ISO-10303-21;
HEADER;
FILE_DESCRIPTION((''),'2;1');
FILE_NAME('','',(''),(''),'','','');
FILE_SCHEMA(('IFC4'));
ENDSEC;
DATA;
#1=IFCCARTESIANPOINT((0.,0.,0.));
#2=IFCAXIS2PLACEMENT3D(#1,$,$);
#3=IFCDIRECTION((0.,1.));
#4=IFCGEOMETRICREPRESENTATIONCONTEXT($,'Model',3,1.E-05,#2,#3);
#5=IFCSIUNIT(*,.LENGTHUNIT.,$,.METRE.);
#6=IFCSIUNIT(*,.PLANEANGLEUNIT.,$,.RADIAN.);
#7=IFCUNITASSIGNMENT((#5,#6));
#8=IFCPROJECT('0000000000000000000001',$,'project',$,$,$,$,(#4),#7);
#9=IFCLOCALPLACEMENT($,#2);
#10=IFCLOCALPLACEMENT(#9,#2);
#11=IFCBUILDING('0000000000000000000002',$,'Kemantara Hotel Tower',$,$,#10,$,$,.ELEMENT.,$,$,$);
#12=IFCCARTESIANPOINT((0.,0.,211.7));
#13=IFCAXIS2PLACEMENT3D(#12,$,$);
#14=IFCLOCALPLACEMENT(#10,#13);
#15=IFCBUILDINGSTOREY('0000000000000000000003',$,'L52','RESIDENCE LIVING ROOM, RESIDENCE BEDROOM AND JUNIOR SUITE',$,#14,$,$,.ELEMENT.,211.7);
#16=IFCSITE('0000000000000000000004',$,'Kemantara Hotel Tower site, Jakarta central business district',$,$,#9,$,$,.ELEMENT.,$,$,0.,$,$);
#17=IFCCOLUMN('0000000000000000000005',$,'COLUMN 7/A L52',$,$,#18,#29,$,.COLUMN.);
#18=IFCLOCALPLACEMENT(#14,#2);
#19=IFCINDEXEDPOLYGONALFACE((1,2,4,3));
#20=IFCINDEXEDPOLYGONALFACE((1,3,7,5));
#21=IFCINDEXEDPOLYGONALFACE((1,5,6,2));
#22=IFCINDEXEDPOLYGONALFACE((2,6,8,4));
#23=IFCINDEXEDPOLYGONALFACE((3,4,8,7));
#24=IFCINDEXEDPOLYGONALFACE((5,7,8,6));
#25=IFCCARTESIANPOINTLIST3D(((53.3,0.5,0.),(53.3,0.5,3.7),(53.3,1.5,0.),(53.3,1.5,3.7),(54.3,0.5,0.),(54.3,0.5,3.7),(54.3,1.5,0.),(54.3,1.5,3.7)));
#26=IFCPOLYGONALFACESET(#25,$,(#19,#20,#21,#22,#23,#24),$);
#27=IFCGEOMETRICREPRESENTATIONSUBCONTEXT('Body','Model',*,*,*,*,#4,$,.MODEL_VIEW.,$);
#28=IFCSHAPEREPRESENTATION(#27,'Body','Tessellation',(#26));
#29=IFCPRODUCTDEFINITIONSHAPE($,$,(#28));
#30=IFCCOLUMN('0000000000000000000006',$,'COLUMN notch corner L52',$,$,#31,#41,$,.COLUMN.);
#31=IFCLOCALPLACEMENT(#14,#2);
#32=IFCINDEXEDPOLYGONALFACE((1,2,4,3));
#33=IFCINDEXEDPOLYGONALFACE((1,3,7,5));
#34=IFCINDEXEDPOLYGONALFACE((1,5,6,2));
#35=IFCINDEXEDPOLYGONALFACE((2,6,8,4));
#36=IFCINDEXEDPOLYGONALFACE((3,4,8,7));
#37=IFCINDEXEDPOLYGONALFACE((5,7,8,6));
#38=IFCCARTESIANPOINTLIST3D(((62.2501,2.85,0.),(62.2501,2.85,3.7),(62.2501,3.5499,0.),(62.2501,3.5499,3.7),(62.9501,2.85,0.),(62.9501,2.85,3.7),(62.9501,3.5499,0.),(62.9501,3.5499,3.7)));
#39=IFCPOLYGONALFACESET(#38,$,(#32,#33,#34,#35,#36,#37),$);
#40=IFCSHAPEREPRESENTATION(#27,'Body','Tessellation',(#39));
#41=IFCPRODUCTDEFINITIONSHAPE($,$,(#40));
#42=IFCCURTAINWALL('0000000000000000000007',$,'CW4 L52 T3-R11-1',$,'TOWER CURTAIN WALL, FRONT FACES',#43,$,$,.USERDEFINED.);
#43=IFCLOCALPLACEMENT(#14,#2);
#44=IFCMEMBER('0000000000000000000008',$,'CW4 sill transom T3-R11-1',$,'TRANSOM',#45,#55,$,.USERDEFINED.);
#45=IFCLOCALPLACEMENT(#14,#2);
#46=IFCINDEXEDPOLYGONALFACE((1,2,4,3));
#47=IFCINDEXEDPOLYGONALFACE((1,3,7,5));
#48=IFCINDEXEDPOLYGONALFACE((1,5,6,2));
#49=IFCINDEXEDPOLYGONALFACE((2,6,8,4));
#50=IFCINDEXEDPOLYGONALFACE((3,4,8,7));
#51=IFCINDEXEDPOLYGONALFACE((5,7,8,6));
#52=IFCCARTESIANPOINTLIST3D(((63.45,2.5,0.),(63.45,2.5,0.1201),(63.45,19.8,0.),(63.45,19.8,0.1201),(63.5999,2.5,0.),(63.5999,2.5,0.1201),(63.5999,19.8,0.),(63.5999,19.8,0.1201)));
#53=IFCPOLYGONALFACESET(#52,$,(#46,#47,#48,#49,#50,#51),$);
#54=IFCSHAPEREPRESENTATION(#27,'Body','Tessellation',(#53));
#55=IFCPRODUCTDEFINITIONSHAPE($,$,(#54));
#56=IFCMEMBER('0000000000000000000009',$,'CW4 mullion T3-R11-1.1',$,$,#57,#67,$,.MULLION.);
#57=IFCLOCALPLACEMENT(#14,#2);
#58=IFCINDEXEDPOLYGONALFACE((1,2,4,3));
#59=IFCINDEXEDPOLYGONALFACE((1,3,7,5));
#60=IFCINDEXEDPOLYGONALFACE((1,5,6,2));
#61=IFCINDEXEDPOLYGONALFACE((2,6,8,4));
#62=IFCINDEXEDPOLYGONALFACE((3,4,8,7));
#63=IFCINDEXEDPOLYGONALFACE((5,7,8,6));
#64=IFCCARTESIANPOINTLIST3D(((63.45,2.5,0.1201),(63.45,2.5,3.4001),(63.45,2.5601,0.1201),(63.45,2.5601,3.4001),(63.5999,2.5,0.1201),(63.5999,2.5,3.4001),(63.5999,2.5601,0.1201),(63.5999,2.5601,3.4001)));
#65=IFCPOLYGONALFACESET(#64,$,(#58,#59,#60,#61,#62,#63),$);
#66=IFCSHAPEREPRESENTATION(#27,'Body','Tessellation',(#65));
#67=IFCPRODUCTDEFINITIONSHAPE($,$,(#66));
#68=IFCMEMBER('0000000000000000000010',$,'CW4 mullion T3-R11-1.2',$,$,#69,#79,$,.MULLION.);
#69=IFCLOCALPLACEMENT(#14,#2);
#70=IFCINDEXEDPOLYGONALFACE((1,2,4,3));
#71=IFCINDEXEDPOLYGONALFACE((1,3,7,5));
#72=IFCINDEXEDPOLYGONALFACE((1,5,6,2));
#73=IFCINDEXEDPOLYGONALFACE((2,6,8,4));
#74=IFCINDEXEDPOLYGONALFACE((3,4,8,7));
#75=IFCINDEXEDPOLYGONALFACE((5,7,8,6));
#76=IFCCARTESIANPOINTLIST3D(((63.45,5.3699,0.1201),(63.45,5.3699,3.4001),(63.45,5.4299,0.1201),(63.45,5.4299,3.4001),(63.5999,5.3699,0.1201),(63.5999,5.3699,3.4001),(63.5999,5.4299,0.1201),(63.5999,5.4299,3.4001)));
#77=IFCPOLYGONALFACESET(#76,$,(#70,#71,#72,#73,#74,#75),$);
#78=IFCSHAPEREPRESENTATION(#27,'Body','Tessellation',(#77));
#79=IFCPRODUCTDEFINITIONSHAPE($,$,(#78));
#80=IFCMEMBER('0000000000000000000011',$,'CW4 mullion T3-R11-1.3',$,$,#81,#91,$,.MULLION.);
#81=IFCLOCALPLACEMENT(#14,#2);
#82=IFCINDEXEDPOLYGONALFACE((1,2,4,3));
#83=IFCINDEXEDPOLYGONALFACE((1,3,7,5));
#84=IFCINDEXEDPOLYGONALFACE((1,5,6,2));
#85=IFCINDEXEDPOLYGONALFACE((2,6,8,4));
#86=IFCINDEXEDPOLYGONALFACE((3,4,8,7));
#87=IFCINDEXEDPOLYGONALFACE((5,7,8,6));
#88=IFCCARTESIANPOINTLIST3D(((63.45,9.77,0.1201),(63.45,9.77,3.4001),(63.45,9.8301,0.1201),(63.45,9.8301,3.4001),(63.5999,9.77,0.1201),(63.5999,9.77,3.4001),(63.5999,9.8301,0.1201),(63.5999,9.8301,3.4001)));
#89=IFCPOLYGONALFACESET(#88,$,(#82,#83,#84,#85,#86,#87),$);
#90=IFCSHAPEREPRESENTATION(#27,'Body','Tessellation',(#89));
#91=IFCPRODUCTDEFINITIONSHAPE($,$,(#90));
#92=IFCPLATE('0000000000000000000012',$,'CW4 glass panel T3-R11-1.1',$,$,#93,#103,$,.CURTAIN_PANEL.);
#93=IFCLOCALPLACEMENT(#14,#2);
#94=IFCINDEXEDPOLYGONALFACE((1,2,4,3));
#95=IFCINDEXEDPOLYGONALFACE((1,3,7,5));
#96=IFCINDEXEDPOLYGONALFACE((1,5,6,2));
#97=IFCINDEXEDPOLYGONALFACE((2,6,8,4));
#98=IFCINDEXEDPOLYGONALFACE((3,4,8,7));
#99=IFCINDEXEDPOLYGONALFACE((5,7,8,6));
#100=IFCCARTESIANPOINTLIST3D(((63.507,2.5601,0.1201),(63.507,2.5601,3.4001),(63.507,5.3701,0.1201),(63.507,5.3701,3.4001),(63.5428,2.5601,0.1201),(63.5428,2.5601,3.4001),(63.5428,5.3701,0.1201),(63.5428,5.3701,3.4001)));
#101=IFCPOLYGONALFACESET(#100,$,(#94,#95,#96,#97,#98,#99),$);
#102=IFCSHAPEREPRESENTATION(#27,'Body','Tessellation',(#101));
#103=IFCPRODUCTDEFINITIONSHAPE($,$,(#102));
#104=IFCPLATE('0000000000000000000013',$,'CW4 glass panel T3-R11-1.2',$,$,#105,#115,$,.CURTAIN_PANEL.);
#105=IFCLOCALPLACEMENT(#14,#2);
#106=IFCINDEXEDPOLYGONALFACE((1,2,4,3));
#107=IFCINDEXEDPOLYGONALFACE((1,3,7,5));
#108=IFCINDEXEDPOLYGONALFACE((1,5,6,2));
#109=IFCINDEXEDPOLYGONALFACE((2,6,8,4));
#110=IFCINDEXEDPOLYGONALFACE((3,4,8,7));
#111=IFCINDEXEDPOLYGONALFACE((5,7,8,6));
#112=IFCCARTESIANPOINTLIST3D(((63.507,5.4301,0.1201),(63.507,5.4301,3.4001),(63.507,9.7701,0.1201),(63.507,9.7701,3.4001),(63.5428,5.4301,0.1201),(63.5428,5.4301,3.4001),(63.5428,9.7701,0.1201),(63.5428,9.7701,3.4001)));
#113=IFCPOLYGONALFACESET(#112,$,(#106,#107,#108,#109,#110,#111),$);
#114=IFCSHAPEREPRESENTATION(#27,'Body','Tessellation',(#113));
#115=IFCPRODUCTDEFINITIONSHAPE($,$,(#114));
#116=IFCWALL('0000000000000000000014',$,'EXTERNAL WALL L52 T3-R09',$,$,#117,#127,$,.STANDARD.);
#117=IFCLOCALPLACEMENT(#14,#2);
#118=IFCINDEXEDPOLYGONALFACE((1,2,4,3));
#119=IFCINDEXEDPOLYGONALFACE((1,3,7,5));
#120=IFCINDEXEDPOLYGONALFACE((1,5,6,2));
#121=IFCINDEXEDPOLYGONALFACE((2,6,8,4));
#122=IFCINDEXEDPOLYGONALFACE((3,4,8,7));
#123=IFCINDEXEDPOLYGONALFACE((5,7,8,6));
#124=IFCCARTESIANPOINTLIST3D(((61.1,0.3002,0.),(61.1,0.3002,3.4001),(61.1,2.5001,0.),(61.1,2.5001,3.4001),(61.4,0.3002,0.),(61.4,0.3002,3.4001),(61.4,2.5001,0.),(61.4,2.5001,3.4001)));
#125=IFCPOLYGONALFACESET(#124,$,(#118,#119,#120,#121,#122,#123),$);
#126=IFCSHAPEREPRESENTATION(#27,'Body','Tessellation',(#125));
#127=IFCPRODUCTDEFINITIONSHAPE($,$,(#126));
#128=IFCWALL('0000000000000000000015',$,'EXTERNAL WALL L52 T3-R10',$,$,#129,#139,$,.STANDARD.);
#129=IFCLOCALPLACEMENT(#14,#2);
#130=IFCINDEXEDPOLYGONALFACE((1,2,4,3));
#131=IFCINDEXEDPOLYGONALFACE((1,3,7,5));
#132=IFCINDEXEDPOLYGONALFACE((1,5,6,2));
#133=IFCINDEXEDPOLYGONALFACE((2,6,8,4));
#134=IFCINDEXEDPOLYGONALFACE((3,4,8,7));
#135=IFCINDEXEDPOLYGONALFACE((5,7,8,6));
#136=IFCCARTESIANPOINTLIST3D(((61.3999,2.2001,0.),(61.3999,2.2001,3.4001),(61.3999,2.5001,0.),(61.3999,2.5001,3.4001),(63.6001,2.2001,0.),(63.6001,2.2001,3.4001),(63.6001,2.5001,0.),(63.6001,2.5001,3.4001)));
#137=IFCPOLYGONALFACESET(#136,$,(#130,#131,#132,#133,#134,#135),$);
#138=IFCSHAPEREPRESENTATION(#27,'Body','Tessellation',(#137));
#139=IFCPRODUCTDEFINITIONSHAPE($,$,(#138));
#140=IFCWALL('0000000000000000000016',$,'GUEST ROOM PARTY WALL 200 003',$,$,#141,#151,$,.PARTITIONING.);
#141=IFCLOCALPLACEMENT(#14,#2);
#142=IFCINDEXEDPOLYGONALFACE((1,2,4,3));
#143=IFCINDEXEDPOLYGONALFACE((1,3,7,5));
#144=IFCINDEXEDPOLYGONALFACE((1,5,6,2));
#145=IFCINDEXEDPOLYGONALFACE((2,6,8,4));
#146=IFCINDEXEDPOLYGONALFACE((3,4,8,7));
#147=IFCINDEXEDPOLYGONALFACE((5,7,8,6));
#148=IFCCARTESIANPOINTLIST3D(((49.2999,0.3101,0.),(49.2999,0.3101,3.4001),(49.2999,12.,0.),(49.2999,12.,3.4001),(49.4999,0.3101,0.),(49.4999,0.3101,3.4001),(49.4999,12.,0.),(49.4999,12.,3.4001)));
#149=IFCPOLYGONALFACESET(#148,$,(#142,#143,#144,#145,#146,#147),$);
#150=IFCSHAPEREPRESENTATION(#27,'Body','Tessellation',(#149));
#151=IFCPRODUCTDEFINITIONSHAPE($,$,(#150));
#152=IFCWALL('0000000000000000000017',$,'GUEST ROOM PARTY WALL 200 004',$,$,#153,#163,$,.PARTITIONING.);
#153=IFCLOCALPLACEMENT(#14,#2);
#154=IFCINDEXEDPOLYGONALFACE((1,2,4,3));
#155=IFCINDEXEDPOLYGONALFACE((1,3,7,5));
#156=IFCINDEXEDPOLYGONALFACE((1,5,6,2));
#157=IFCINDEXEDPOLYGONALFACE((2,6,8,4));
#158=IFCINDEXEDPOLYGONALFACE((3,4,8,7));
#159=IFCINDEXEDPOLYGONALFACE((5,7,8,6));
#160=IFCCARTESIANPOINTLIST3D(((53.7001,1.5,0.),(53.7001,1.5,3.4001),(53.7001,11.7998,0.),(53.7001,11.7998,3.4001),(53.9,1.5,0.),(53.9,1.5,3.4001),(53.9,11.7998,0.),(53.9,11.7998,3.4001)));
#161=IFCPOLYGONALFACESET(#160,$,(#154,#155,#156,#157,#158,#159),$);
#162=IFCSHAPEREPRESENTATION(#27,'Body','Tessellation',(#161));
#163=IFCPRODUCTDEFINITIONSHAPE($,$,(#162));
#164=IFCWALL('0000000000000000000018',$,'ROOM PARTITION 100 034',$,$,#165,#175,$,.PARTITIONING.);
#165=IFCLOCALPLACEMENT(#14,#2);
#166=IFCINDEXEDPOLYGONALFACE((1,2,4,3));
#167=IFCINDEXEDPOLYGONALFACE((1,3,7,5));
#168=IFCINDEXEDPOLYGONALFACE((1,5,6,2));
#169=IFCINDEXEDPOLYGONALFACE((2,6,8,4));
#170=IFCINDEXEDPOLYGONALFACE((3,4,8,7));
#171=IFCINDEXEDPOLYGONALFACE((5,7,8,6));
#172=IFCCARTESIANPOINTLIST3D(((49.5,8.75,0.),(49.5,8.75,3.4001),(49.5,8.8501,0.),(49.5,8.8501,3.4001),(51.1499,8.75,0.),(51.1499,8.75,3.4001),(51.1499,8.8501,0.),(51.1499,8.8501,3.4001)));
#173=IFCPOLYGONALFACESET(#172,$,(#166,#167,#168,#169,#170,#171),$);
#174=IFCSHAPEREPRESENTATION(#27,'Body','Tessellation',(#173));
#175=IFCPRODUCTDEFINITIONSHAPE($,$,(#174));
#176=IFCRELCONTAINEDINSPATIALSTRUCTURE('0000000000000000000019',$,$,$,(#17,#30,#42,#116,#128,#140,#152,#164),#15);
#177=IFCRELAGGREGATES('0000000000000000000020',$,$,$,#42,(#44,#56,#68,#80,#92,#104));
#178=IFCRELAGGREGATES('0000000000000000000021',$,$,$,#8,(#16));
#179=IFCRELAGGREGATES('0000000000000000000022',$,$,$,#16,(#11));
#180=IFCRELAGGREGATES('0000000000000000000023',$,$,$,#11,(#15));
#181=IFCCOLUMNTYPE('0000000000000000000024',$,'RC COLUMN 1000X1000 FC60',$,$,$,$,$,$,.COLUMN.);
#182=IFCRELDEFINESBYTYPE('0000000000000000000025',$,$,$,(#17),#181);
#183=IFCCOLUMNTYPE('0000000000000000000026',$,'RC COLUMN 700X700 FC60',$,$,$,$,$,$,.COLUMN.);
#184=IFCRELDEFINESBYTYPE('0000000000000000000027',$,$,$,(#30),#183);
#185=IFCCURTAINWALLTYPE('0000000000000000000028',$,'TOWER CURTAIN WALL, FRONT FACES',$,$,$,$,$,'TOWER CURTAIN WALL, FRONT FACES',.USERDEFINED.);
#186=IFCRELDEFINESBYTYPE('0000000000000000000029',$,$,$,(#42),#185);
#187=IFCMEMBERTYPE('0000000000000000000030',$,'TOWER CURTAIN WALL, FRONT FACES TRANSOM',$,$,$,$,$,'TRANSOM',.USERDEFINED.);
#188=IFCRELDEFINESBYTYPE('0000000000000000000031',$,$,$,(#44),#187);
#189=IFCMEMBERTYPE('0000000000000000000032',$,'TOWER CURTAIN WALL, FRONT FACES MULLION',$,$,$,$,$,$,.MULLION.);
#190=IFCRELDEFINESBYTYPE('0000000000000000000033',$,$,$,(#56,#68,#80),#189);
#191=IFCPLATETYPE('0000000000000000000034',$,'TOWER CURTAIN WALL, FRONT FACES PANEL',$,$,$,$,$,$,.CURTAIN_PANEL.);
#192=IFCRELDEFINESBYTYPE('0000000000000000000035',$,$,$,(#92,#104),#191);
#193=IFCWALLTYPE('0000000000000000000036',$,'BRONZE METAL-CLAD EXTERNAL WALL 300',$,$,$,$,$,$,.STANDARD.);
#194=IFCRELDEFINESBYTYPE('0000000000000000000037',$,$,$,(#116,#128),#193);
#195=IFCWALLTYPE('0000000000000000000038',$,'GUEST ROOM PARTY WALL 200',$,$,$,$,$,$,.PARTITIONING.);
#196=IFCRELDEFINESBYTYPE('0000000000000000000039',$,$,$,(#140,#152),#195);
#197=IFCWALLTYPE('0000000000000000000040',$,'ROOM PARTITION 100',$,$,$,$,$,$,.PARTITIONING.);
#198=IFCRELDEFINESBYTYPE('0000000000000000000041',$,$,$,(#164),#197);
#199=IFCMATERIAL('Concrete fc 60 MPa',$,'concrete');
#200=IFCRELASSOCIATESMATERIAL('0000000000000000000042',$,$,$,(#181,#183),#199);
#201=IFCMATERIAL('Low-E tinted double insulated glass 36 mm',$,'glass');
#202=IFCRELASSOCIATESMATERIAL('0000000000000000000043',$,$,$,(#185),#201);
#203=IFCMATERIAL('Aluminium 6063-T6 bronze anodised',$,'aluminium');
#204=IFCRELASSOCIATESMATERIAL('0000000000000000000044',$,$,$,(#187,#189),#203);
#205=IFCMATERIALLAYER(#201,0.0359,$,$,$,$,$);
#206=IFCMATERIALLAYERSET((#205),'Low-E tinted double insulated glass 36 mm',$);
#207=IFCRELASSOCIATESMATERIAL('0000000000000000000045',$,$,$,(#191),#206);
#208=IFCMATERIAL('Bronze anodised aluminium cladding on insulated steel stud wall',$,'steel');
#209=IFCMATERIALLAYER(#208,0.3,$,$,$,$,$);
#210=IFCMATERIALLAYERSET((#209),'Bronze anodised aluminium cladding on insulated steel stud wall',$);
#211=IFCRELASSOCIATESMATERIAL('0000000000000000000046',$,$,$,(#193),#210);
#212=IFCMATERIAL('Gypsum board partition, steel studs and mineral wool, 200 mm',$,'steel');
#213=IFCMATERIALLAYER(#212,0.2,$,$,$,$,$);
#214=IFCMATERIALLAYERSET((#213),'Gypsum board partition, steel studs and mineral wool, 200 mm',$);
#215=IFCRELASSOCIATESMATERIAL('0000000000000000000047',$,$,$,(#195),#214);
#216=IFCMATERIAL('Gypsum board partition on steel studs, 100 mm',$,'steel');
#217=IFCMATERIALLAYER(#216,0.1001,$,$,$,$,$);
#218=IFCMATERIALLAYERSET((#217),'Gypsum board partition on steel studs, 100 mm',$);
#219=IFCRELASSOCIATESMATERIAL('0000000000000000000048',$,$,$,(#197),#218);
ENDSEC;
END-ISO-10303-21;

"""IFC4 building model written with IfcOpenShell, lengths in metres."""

from ifc_helpers import new_model, si_unit, direction, frame, frame_2d, origin, origin_2d, place, context, subcontext, project, spatial, rectangle, extrude, source, transform, mapped, material, layer, layer_set, material_profile, profile_set, type_object, element, aggregate, save


model = new_model("IFC4")

# Units and contexts
model_context = context("Model", 3, precision=1e-05, world=origin(), true_north=direction((0.0, 1.0)))
body_context = subcontext(model_context, "Body", "Model", "MODEL_VIEW")
ifc_project = project(units=[si_unit("LENGTHUNIT", "METRE"), si_unit("PLANEANGLEUNIT", "RADIAN")], contexts=[model_context])

# Site, building, storey
site_placement = place(None, origin())
site = spatial("IfcSite", under=ifc_project, at=site_placement, Name="Kemantara Hotel Tower site, Jakarta central business district", CompositionType="ELEMENT", RefElevation=0.0)
building_placement = place(site_placement, origin())
building = spatial("IfcBuilding", under=site, at=building_placement, Name="Kemantara Hotel Tower", CompositionType="ELEMENT")
storey_placement = place(building_placement, frame((0.0, 0.0, 211.7)))
storey = spatial("IfcBuildingStorey", under=building, at=storey_placement, Name="L52", Description="RESIDENCE LIVING ROOM, RESIDENCE BEDROOM AND JUNIOR SUITE", CompositionType="ELEMENT", Elevation=211.7)

# Columns
ifc_material_1 = material(Name="Concrete fc 60 MPa", Category="concrete")
ifc_material_profile_1 = material_profile(ifc_material_1, rectangle(XDim=1.0, YDim=1.0, at=origin_2d()), Name="RC 1000X1000")
ifc_profile_set_1 = profile_set([ifc_material_profile_1], Name="Concrete fc 60 MPa")
column_type_1 = type_object("IfcColumnType", Name="RC COLUMN 1000X1000 FC60", PredefinedType="COLUMN", material=ifc_profile_set_1)
column_1_placement = place(storey_placement, frame((53.8, 1.0, 0.0), z_axis=(0.0, 0.0, 1.0), x_axis=(1.0, 0.0, 0.0)))
element("IfcColumn", 1, at=column_1_placement, inside=storey, type_object=column_type_1, Name="COLUMN 7/A L52", PredefinedType="COLUMN", context=body_context, shape_type="SweptSolid", body=[
    extrude(rectangle(XDim=1.0, YDim=1.0, at=origin_2d()), origin(), (0.0, 0.0, 1.0), 3.7),
])
ifc_material_profile_2 = material_profile(ifc_material_1, rectangle(XDim=0.7, YDim=0.7, at=origin_2d()), Name="RC 700X700")
ifc_profile_set_2 = profile_set([ifc_material_profile_2], Name="Concrete fc 60 MPa")
column_type_2 = type_object("IfcColumnType", Name="RC COLUMN 700X700 FC60", PredefinedType="COLUMN", material=ifc_profile_set_2)
column_2_placement = place(storey_placement, frame((62.6001, 3.2, 0.0), z_axis=(0.0, 0.0, 1.0), x_axis=(1.0, 0.0, 0.0)))
element("IfcColumn", 2, at=column_2_placement, inside=storey, type_object=column_type_2, Name="COLUMN notch corner L52", PredefinedType="COLUMN", context=body_context, shape_type="SweptSolid", body=[
    extrude(rectangle(XDim=0.7, YDim=0.7, at=origin_2d()), origin(), (0.0, 0.0, 1.0), 3.7),
])

# Curtain wall, members, plates
ifc_material_2 = material(Name="Low-E tinted double insulated glass 36 mm", Category="glass")
curtain_wall_type = type_object("IfcCurtainWallType", Name="TOWER CURTAIN WALL, FRONT FACES", ElementType="TOWER CURTAIN WALL, FRONT FACES", PredefinedType="USERDEFINED", material=ifc_material_2)
curtain_wall_placement = place(storey_placement, origin())
curtain_wall = element("IfcCurtainWall", 3, at=curtain_wall_placement, inside=storey, type_object=curtain_wall_type, Name="CW4 L52 T3-R11-1", ObjectType="TOWER CURTAIN WALL, FRONT FACES", PredefinedType="USERDEFINED")
ifc_material_3 = material(Name="Aluminium 6063-T6 bronze anodised", Category="aluminium")
ifc_material_profile_3 = material_profile(ifc_material_3, rectangle(XDim=0.1499, YDim=0.1201, at=origin_2d()), Name="TOWER CURTAIN WALL, FRONT FACES TRANSOM")
ifc_profile_set_3 = profile_set([ifc_material_profile_3], Name="Aluminium 6063-T6 bronze anodised")
member_type_1 = type_object("IfcMemberType", Name="TOWER CURTAIN WALL, FRONT FACES TRANSOM", ElementType="TRANSOM", PredefinedType="USERDEFINED", material=ifc_profile_set_3)
member_1_placement = place(storey_placement, frame((63.5249, 2.5, 0.0601), z_axis=(0.0, 1.0, 0.0), x_axis=(-1.0, 0.0, 0.0)))
member_1 = element("IfcMember", 4, at=member_1_placement, type_object=member_type_1, Name="CW4 sill transom T3-R11-1", ObjectType="TRANSOM", PredefinedType="USERDEFINED", context=body_context, shape_type="SweptSolid", body=[
    extrude(rectangle(XDim=0.1499, YDim=0.1201, at=origin_2d()), origin(), (0.0, 0.0, 1.0), 17.3),
])
ifc_material_profile_4 = material_profile(ifc_material_3, rectangle(XDim=0.1499, YDim=0.0601, at=origin_2d()), Name="TOWER CURTAIN WALL, FRONT FACES MULLION")
ifc_profile_set_4 = profile_set([ifc_material_profile_4], Name="Aluminium 6063-T6 bronze anodised")
member_type_2 = type_object("IfcMemberType", Name="TOWER CURTAIN WALL, FRONT FACES MULLION", PredefinedType="MULLION", material=ifc_profile_set_4)
shared_shape_1 = source(origin(), body_context, "Body", "SweptSolid", [
    extrude(rectangle(XDim=0.1499, YDim=0.0601, at=origin_2d()), origin(), (0.0, 0.0, 1.0), 3.28),
])
member_2_placement = place(storey_placement, frame((63.5249, 2.53, 0.1201), z_axis=(0.0, 0.0, 1.0), x_axis=(-1.0, 0.0, 0.0)))
member_2 = element("IfcMember", 5, at=member_2_placement, type_object=member_type_2, Name="CW4 mullion T3-R11-1.1", PredefinedType="MULLION", context=body_context, shape_type="MappedRepresentation", body=[
    mapped(shared_shape_1, transform((0.0, 0.0, 0.0))),
])
member_3_placement = place(storey_placement, frame((63.5249, 5.3999, 0.1201), z_axis=(0.0, 0.0, 1.0), x_axis=(-1.0, 0.0, 0.0)))
member_3 = element("IfcMember", 6, at=member_3_placement, type_object=member_type_2, Name="CW4 mullion T3-R11-1.2", PredefinedType="MULLION", context=body_context, shape_type="MappedRepresentation", body=[
    mapped(shared_shape_1, transform((0.0, 0.0, 0.0))),
])
member_4_placement = place(storey_placement, frame((63.5249, 9.8, 0.1201), z_axis=(0.0, 0.0, 1.0), x_axis=(-1.0, 0.0, 0.0)))
member_4 = element("IfcMember", 7, at=member_4_placement, type_object=member_type_2, Name="CW4 mullion T3-R11-1.3", PredefinedType="MULLION", context=body_context, shape_type="MappedRepresentation", body=[
    mapped(shared_shape_1, transform((0.0, 0.0, 0.0))),
])
ifc_layer_1 = layer(ifc_material_2, 0.0359)
ifc_layer_set_1 = layer_set([ifc_layer_1], Name="Low-E tinted double insulated glass 36 mm")
plate_type = type_object("IfcPlateType", Name="TOWER CURTAIN WALL, FRONT FACES PANEL", PredefinedType="CURTAIN_PANEL", material=ifc_layer_set_1)
shared_shape_2 = source(origin(), body_context, "Body", "SweptSolid", [
    extrude(rectangle(XDim=2.8101, YDim=0.0359, at=origin_2d()), origin(), (0.0, 0.0, 1.0), 3.28),
])
plate_1_placement = place(storey_placement, frame((63.5249, 3.9651, 0.1201), z_axis=(0.0, 0.0, 1.0), x_axis=(0.0, 1.0, 0.0)))
plate_1 = element("IfcPlate", 8, at=plate_1_placement, type_object=plate_type, Name="CW4 glass panel T3-R11-1.1", PredefinedType="CURTAIN_PANEL", context=body_context, shape_type="MappedRepresentation", body=[
    mapped(shared_shape_2, transform((0.0, 0.0, 0.0))),
])
shared_shape_3 = source(origin(), body_context, "Body", "SweptSolid", [
    extrude(rectangle(XDim=4.3401, YDim=0.0359, at=origin_2d()), origin(), (0.0, 0.0, 1.0), 3.28),
])
plate_2_placement = place(storey_placement, frame((63.5249, 7.6001, 0.1201), z_axis=(0.0, 0.0, 1.0), x_axis=(0.0, 1.0, 0.0)))
plate_2 = element("IfcPlate", 9, at=plate_2_placement, type_object=plate_type, Name="CW4 glass panel T3-R11-1.2", PredefinedType="CURTAIN_PANEL", context=body_context, shape_type="MappedRepresentation", body=[
    mapped(shared_shape_3, transform((0.0, 0.0, 0.0))),
])
aggregate(curtain_wall, [member_1, member_2, member_3, member_4, plate_1, plate_2])

# Walls
ifc_material_4 = material(Name="Bronze anodised aluminium cladding on insulated steel stud wall", Category="steel")
ifc_layer_2 = layer(ifc_material_4, 0.3)
ifc_layer_set_2 = layer_set([ifc_layer_2], Name="Bronze anodised aluminium cladding on insulated steel stud wall")
wall_type_1 = type_object("IfcWallType", Name="BRONZE METAL-CLAD EXTERNAL WALL 300", PredefinedType="STANDARD", material=ifc_layer_set_2)
wall_1_placement = place(storey_placement, frame((61.25, 0.3, 0.0), z_axis=(0.0, 0.0, 1.0), x_axis=(0.0, 1.0, 0.0)))
element("IfcWall", 10, at=wall_1_placement, inside=storey, type_object=wall_type_1, Name="EXTERNAL WALL L52 T3-R09", PredefinedType="STANDARD", context=body_context, shape_type="SweptSolid", body=[
    extrude(rectangle(XDim=2.2, YDim=0.3, at=frame_2d((1.1001, 0.0))), origin(), (0.0, 0.0, 1.0), 3.4001),
])
wall_2_placement = place(storey_placement, frame((61.3999, 2.3501, 0.0), z_axis=(0.0, 0.0, 1.0), x_axis=(1.0, 0.0, 0.0)))
element("IfcWall", 11, at=wall_2_placement, inside=storey, type_object=wall_type_1, Name="EXTERNAL WALL L52 T3-R10", PredefinedType="STANDARD", context=body_context, shape_type="SweptSolid", body=[
    extrude(rectangle(XDim=2.2002, YDim=0.3, at=frame_2d((1.1001, 0.0))), origin(), (0.0, 0.0, 1.0), 3.4001),
])
ifc_material_5 = material(Name="Gypsum board partition, steel studs and mineral wool, 200 mm", Category="steel")
ifc_layer_3 = layer(ifc_material_5, 0.2)
ifc_layer_set_3 = layer_set([ifc_layer_3], Name="Gypsum board partition, steel studs and mineral wool, 200 mm")
wall_type_2 = type_object("IfcWallType", Name="GUEST ROOM PARTY WALL 200", PredefinedType="PARTITIONING", material=ifc_layer_set_3)
wall_3_placement = place(storey_placement, frame((49.3999, 0.3101, 0.0), z_axis=(0.0, 0.0, 1.0), x_axis=(0.0, 1.0, 0.0)))
element("IfcWall", 12, at=wall_3_placement, inside=storey, type_object=wall_type_2, Name="GUEST ROOM PARTY WALL 200 003", PredefinedType="PARTITIONING", context=body_context, shape_type="SweptSolid", body=[
    extrude(rectangle(XDim=11.6899, YDim=0.2, at=frame_2d((5.845, 0.0))), origin(), (0.0, 0.0, 1.0), 3.4001),
])
wall_4_placement = place(storey_placement, frame((53.8, 1.5, 0.0), z_axis=(0.0, 0.0, 1.0), x_axis=(0.0, 1.0, 0.0)))
element("IfcWall", 13, at=wall_4_placement, inside=storey, type_object=wall_type_2, Name="GUEST ROOM PARTY WALL 200 004", PredefinedType="PARTITIONING", context=body_context, shape_type="SweptSolid", body=[
    extrude(rectangle(XDim=10.2998, YDim=0.2, at=frame_2d((5.1499, 0.0))), origin(), (0.0, 0.0, 1.0), 3.4001),
])
ifc_material_6 = material(Name="Gypsum board partition on steel studs, 100 mm", Category="steel")
ifc_layer_4 = layer(ifc_material_6, 0.1001)
ifc_layer_set_4 = layer_set([ifc_layer_4], Name="Gypsum board partition on steel studs, 100 mm")
wall_type_3 = type_object("IfcWallType", Name="ROOM PARTITION 100", PredefinedType="PARTITIONING", material=ifc_layer_set_4)
wall_5_placement = place(storey_placement, frame((49.5, 8.8, 0.0), z_axis=(0.0, 0.0, 1.0), x_axis=(1.0, 0.0, 0.0)))
element("IfcWall", 14, at=wall_5_placement, inside=storey, type_object=wall_type_3, Name="ROOM PARTITION 100 034", PredefinedType="PARTITIONING", context=body_context, shape_type="SweptSolid", body=[
    extrude(rectangle(XDim=1.6499, YDim=0.1001, at=frame_2d((0.825, 0.0))), origin(), (0.0, 0.0, 1.0), 3.4001),
])

save(model, "model.ifc")
